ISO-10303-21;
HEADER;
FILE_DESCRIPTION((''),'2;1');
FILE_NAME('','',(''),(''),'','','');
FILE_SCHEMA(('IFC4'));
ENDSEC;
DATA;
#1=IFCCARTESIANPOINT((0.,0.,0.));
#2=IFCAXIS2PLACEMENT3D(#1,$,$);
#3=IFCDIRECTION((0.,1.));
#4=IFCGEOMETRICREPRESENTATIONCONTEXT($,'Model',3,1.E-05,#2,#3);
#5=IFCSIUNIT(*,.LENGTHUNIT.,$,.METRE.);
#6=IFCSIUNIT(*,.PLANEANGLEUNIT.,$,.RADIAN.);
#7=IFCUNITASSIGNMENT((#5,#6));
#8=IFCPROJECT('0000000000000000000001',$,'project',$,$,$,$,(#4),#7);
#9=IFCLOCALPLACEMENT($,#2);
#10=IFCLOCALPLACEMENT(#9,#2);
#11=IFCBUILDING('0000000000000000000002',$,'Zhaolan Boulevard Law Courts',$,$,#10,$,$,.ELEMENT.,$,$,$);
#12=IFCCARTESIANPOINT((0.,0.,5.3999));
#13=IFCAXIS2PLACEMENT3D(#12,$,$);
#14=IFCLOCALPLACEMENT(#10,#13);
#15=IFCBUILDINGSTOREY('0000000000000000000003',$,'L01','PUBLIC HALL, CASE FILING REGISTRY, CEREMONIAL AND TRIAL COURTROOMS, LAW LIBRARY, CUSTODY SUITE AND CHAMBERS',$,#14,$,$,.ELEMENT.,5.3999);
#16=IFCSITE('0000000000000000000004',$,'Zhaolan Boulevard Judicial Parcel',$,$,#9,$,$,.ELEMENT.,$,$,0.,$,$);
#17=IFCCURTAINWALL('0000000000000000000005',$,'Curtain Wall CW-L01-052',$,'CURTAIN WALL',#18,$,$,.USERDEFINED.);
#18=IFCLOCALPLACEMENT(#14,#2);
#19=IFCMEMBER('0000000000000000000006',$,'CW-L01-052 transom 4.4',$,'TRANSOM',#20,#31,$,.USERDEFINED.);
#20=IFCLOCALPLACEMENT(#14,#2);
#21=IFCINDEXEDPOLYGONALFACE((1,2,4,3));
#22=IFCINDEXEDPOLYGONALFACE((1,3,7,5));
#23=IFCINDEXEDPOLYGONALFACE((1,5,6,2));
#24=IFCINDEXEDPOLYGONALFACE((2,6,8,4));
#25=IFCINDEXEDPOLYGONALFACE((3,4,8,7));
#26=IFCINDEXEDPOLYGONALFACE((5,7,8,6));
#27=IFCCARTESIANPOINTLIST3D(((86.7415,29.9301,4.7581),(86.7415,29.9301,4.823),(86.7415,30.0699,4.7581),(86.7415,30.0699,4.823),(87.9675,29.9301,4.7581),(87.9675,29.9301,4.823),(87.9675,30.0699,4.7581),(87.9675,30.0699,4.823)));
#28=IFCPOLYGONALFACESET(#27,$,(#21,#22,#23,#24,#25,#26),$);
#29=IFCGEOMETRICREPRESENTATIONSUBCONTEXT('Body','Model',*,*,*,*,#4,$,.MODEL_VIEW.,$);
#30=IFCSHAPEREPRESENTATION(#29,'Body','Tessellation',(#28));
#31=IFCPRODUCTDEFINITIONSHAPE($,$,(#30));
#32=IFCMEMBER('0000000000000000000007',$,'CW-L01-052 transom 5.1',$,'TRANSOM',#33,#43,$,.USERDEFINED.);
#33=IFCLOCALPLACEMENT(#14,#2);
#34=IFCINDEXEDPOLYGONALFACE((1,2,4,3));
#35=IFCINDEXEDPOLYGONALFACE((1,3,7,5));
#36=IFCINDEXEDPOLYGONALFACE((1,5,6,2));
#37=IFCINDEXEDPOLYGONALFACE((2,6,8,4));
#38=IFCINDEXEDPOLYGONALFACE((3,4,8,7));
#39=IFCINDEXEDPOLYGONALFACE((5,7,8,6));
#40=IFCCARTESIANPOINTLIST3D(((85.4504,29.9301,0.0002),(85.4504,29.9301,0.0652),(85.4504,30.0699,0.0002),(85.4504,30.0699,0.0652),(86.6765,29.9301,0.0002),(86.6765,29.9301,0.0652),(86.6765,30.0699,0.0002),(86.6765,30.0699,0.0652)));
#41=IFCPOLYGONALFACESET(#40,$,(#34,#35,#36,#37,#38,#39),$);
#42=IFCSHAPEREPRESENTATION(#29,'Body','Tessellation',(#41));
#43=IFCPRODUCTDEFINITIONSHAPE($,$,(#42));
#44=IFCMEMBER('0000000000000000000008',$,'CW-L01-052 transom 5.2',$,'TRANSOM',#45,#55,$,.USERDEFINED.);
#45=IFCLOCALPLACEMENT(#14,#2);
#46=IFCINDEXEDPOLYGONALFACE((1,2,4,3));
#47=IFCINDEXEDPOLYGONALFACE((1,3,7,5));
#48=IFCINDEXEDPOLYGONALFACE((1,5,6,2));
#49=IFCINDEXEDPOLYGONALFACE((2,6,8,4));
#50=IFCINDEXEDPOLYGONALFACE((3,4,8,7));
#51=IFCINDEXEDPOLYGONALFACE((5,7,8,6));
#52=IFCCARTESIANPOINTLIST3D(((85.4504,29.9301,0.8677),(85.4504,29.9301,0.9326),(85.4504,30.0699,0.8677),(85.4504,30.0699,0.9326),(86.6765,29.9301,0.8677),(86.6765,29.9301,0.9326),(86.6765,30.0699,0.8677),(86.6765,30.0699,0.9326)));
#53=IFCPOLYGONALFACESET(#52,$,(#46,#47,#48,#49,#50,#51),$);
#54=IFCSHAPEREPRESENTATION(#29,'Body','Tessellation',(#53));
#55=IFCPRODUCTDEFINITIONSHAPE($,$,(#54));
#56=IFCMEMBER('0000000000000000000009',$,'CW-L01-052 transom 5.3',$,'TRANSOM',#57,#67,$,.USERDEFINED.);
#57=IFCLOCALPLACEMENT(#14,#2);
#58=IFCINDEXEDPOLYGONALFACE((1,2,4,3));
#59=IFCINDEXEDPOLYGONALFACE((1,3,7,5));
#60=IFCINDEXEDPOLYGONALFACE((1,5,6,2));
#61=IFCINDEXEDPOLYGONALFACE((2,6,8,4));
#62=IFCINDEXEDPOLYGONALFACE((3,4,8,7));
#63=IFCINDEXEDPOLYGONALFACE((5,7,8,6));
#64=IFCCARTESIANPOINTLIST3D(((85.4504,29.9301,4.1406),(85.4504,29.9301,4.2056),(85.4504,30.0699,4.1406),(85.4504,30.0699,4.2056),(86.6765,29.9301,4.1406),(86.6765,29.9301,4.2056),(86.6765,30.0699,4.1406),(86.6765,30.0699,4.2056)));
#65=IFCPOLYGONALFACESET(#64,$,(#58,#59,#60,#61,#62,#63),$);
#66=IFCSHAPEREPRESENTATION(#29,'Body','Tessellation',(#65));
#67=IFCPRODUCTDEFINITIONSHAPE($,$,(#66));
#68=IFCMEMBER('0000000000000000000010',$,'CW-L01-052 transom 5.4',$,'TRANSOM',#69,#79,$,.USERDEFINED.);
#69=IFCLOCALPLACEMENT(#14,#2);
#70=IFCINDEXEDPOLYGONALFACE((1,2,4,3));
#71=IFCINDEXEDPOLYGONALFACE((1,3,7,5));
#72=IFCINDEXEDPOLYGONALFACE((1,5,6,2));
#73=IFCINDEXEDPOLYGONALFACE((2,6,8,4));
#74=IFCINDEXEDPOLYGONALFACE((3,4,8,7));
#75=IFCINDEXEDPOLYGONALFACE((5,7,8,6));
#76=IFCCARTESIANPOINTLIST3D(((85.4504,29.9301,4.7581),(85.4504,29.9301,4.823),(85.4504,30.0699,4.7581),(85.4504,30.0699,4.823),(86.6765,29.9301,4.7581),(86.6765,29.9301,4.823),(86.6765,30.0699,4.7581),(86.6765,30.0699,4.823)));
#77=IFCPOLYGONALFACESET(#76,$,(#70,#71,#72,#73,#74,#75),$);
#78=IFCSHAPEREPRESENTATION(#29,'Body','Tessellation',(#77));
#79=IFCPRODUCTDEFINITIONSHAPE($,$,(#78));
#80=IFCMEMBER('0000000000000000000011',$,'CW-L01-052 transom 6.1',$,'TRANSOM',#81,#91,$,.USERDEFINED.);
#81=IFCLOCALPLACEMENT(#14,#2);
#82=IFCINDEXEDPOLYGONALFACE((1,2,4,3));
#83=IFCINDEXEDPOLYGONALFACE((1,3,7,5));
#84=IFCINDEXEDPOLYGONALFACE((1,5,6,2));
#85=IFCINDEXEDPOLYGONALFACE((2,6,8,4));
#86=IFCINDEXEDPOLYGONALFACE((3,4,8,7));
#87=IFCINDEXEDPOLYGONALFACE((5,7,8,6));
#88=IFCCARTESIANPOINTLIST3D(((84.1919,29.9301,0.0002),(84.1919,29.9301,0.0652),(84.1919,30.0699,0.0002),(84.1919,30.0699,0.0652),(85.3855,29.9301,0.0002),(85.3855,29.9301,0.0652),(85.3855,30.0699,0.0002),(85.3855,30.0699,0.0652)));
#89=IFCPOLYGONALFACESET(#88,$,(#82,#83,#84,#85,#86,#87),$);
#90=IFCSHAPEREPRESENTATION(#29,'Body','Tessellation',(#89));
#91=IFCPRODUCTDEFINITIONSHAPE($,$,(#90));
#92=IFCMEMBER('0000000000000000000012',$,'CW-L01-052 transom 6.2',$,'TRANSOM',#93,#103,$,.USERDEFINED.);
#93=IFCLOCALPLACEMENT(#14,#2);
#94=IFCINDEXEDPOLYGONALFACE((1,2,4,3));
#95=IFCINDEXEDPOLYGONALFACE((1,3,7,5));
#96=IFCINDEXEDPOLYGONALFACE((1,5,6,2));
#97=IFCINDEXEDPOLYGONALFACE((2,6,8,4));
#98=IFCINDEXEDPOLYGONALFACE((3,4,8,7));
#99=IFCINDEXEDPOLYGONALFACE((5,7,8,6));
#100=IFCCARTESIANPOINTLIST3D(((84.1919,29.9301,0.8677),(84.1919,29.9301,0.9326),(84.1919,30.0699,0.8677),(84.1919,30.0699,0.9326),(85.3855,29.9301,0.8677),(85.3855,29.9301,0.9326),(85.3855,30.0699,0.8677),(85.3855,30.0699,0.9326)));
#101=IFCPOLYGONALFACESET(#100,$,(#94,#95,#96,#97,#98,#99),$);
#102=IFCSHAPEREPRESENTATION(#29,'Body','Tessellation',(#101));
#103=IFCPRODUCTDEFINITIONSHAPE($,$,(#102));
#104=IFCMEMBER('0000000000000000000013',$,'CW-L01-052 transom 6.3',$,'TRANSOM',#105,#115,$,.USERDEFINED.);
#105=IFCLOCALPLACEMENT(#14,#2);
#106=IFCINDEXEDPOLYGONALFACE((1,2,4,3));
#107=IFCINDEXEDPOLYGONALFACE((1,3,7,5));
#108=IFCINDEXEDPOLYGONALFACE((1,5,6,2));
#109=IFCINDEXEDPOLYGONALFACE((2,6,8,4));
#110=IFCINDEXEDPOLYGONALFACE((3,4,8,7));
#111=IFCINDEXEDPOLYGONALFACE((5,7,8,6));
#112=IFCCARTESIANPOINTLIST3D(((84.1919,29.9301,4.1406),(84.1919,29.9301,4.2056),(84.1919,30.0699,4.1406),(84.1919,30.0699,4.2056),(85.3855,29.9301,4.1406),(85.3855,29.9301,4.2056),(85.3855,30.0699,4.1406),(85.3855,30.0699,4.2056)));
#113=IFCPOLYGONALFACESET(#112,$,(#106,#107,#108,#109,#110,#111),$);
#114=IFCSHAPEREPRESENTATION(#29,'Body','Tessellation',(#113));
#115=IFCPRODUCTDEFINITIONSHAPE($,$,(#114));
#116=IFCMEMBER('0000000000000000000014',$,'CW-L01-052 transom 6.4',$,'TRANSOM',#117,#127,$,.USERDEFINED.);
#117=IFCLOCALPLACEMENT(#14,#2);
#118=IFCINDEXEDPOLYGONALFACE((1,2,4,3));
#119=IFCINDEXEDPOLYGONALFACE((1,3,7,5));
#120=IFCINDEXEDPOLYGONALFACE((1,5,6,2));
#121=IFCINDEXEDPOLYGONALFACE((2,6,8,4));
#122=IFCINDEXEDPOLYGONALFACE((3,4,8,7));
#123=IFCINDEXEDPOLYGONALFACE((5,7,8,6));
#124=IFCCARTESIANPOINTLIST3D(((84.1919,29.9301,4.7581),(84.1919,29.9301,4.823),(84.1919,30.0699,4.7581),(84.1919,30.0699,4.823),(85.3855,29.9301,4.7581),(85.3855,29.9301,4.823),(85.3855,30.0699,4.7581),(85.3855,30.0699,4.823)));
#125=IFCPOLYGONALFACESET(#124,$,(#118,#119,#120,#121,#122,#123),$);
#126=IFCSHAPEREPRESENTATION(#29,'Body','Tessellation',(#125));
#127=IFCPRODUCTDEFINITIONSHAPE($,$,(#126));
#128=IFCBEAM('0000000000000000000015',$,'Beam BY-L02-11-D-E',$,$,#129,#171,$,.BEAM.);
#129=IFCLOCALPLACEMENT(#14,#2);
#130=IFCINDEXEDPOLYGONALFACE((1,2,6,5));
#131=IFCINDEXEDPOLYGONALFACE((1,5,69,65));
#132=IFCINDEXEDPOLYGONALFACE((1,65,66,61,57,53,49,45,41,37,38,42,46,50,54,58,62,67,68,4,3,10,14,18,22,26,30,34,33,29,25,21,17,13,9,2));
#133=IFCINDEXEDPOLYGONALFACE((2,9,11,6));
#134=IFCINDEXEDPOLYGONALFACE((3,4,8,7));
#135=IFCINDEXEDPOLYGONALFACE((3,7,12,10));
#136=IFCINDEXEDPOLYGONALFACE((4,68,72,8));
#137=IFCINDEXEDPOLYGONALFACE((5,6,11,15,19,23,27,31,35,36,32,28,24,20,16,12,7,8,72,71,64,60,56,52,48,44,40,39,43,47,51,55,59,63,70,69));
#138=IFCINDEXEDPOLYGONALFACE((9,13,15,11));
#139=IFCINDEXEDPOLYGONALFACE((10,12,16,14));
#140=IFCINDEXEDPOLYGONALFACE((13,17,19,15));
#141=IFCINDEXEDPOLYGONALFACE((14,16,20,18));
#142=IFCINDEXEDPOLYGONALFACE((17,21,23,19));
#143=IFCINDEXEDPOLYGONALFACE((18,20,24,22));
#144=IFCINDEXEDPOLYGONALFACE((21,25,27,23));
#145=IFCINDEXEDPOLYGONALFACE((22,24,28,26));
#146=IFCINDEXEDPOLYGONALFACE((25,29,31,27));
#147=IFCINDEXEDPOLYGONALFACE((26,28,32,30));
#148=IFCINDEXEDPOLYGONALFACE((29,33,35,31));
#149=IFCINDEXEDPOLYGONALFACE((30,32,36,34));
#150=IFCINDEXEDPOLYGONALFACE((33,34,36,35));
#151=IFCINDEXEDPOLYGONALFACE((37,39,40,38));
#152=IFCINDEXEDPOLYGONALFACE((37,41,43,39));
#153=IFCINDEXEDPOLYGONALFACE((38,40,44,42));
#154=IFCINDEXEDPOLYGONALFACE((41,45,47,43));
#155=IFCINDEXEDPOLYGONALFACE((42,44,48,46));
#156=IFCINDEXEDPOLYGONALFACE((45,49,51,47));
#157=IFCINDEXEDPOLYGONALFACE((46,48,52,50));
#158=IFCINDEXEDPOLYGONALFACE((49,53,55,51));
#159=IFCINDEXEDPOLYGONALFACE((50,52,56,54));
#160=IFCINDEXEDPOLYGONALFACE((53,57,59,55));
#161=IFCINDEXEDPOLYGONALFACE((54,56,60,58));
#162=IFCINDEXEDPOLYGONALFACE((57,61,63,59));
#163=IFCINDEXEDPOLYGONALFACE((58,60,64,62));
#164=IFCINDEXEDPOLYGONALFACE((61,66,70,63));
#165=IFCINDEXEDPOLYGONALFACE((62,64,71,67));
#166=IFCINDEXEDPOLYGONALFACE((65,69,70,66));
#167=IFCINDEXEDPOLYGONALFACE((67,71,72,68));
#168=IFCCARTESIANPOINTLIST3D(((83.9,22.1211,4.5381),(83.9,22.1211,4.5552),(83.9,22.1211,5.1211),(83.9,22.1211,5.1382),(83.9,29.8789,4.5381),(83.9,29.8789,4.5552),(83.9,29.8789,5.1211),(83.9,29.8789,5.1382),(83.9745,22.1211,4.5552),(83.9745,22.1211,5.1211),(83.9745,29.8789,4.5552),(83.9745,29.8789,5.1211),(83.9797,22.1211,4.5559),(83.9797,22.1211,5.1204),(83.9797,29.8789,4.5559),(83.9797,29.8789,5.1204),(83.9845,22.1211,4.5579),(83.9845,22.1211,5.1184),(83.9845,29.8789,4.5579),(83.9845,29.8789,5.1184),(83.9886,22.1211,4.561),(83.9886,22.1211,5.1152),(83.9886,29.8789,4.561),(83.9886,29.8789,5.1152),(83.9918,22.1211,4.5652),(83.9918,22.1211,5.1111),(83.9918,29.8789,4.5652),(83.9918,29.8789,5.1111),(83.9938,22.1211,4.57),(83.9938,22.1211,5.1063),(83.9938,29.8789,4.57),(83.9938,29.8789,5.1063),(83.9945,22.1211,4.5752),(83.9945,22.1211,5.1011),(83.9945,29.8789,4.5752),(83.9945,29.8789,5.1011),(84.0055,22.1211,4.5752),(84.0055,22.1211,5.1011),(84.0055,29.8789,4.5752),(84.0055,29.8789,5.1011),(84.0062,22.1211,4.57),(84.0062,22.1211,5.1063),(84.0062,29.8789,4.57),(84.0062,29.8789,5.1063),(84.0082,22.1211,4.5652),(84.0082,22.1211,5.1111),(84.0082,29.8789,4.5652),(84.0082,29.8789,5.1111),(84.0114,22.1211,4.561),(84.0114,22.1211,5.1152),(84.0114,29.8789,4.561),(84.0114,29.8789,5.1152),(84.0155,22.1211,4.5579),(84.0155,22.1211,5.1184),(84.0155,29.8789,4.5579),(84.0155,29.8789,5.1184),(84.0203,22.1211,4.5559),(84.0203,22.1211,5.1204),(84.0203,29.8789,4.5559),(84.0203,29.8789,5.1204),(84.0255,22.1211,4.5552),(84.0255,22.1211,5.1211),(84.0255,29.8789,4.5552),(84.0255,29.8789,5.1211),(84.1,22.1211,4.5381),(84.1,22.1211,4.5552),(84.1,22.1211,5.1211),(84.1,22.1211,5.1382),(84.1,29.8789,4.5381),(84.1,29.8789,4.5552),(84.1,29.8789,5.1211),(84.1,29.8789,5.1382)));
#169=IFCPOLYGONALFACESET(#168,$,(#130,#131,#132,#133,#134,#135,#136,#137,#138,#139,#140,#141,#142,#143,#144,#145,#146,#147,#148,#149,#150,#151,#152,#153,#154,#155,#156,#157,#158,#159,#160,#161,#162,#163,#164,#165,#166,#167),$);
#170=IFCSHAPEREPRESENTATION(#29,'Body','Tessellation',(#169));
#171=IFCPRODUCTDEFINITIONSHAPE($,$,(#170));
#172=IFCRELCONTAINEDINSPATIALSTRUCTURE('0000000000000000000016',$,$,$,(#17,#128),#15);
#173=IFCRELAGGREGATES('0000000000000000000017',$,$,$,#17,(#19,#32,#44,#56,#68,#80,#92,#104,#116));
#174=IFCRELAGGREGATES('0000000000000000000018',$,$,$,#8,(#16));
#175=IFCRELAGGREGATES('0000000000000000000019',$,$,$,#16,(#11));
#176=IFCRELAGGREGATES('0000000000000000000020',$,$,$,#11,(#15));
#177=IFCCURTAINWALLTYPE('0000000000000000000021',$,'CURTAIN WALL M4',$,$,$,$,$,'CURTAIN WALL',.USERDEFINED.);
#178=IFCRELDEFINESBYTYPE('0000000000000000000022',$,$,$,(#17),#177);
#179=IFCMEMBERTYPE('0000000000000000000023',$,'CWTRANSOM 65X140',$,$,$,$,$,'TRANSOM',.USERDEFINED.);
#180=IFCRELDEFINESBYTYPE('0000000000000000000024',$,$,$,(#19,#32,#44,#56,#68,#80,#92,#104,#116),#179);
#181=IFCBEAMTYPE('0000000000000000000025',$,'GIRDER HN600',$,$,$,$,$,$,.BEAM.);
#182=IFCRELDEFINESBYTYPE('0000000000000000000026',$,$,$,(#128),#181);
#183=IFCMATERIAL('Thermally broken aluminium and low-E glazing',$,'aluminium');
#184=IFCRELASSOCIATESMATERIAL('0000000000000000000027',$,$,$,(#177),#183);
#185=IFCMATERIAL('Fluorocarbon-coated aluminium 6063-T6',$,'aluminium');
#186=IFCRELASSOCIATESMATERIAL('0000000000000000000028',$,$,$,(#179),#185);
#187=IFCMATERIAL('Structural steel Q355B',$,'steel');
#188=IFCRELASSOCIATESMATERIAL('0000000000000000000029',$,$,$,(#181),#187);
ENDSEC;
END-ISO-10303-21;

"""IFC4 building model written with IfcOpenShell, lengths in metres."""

from ifc_helpers import new_model, si_unit, direction, frame, origin, origin_2d, place, context, subcontext, project, spatial, rectangle, i_section, extrude, material, material_profile, profile_set, type_object, element, aggregate, save


model = new_model("IFC4")

# Units and contexts
model_context = context("Model", 3, precision=1e-05, world=origin(), true_north=direction((0.0, 1.0)))
body_context = subcontext(model_context, "Body", "Model", "MODEL_VIEW")
ifc_project = project(units=[si_unit("LENGTHUNIT", "METRE"), si_unit("PLANEANGLEUNIT", "RADIAN")], contexts=[model_context])

# Site, building, storey
site_placement = place(None, origin())
site = spatial("IfcSite", under=ifc_project, at=site_placement, Name="Zhaolan Boulevard Judicial Parcel", CompositionType="ELEMENT", RefElevation=0.0)
building_placement = place(site_placement, origin())
building = spatial("IfcBuilding", under=site, at=building_placement, Name="Zhaolan Boulevard Law Courts", CompositionType="ELEMENT")
storey_placement = place(building_placement, frame((0.0, 0.0, 5.3999)))
storey = spatial("IfcBuildingStorey", under=building, at=storey_placement, Name="L01", Description="PUBLIC HALL, CASE FILING REGISTRY, CEREMONIAL AND TRIAL COURTROOMS, LAW LIBRARY, CUSTODY SUITE AND CHAMBERS", CompositionType="ELEMENT", Elevation=5.3999)

# Curtain wall
ifc_material_1 = material(Name="Thermally broken aluminium and low-E glazing", Category="aluminium")
curtain_wall_type_1 = type_object("IfcCurtainWallType", Name="CURTAIN WALL M4", ElementType="CURTAIN WALL", PredefinedType="USERDEFINED", material=ifc_material_1)
curtain_wall_1_placement = place(storey_placement, origin())
curtain_wall_1 = element("IfcCurtainWall", 1, at=curtain_wall_1_placement, inside=storey, type_object=curtain_wall_type_1, Name="Curtain Wall CW-L01-052", ObjectType="CURTAIN WALL", PredefinedType="USERDEFINED")

# Members
ifc_material_2 = material(Name="Fluorocarbon-coated aluminium 6063-T6", Category="aluminium")
ifc_material_profile_1 = material_profile(ifc_material_2, rectangle(XDim=0.1399, YDim=0.0649, at=origin_2d()), Name="AL65x140")
ifc_profile_set_1 = profile_set([ifc_material_profile_1], Name="Fluorocarbon-coated aluminium 6063-T6")
member_type_1 = type_object("IfcMemberType", Name="CWTRANSOM 65X140", ElementType="TRANSOM", PredefinedType="USERDEFINED", material=ifc_profile_set_1)
member_1_placement = place(storey_placement, frame((87.9675, 30.0, 4.7905), z_axis=(-1.0, 0.0, 0.0), x_axis=(0.0, -1.0, 0.0)))
member_1 = element("IfcMember", 2, at=member_1_placement, type_object=member_type_1, Name="CW-L01-052 transom 4.4", ObjectType="TRANSOM", PredefinedType="USERDEFINED", context=body_context, shape_type="SweptSolid", body=[
    extrude(rectangle(XDim=0.1399, YDim=0.0649, at=origin_2d()), origin(), (0.0, 0.0, 1.0), 1.2261),
])
member_2_placement = place(storey_placement, frame((86.6765, 30.0, 0.0327), z_axis=(-1.0, 0.0, 0.0), x_axis=(0.0, -1.0, 0.0)))
member_2 = element("IfcMember", 3, at=member_2_placement, type_object=member_type_1, Name="CW-L01-052 transom 5.1", ObjectType="TRANSOM", PredefinedType="USERDEFINED", context=body_context, shape_type="SweptSolid", body=[
    extrude(rectangle(XDim=0.1399, YDim=0.0649, at=origin_2d()), origin(), (0.0, 0.0, 1.0), 1.2261),
])
member_3_placement = place(storey_placement, frame((86.6765, 30.0, 0.9001), z_axis=(-1.0, 0.0, 0.0), x_axis=(0.0, -1.0, 0.0)))
member_3 = element("IfcMember", 4, at=member_3_placement, type_object=member_type_1, Name="CW-L01-052 transom 5.2", ObjectType="TRANSOM", PredefinedType="USERDEFINED", context=body_context, shape_type="SweptSolid", body=[
    extrude(rectangle(XDim=0.1399, YDim=0.0649, at=origin_2d()), origin(), (0.0, 0.0, 1.0), 1.2261),
])
member_4_placement = place(storey_placement, frame((86.6765, 30.0, 4.1731), z_axis=(-1.0, 0.0, 0.0), x_axis=(0.0, -1.0, 0.0)))
member_4 = element("IfcMember", 5, at=member_4_placement, type_object=member_type_1, Name="CW-L01-052 transom 5.3", ObjectType="TRANSOM", PredefinedType="USERDEFINED", context=body_context, shape_type="SweptSolid", body=[
    extrude(rectangle(XDim=0.1399, YDim=0.0649, at=origin_2d()), origin(), (0.0, 0.0, 1.0), 1.2261),
])
member_5_placement = place(storey_placement, frame((86.6765, 30.0, 4.7905), z_axis=(-1.0, 0.0, 0.0), x_axis=(0.0, -1.0, 0.0)))
member_5 = element("IfcMember", 6, at=member_5_placement, type_object=member_type_1, Name="CW-L01-052 transom 5.4", ObjectType="TRANSOM", PredefinedType="USERDEFINED", context=body_context, shape_type="SweptSolid", body=[
    extrude(rectangle(XDim=0.1399, YDim=0.0649, at=origin_2d()), origin(), (0.0, 0.0, 1.0), 1.2261),
])
member_6_placement = place(storey_placement, frame((85.3855, 30.0, 0.0327), z_axis=(-1.0, 0.0, 0.0), x_axis=(0.0, -1.0, 0.0)))
member_6 = element("IfcMember", 7, at=member_6_placement, type_object=member_type_1, Name="CW-L01-052 transom 6.1", ObjectType="TRANSOM", PredefinedType="USERDEFINED", context=body_context, shape_type="SweptSolid", body=[
    extrude(rectangle(XDim=0.1399, YDim=0.0649, at=origin_2d()), origin(), (0.0, 0.0, 1.0), 1.1936),
])
member_7_placement = place(storey_placement, frame((85.3855, 30.0, 0.9001), z_axis=(-1.0, 0.0, 0.0), x_axis=(0.0, -1.0, 0.0)))
member_7 = element("IfcMember", 8, at=member_7_placement, type_object=member_type_1, Name="CW-L01-052 transom 6.2", ObjectType="TRANSOM", PredefinedType="USERDEFINED", context=body_context, shape_type="SweptSolid", body=[
    extrude(rectangle(XDim=0.1399, YDim=0.0649, at=origin_2d()), origin(), (0.0, 0.0, 1.0), 1.1936),
])
member_8_placement = place(storey_placement, frame((85.3855, 30.0, 4.1731), z_axis=(-1.0, 0.0, 0.0), x_axis=(0.0, -1.0, 0.0)))
member_8 = element("IfcMember", 9, at=member_8_placement, type_object=member_type_1, Name="CW-L01-052 transom 6.3", ObjectType="TRANSOM", PredefinedType="USERDEFINED", context=body_context, shape_type="SweptSolid", body=[
    extrude(rectangle(XDim=0.1399, YDim=0.0649, at=origin_2d()), origin(), (0.0, 0.0, 1.0), 1.1936),
])
member_9_placement = place(storey_placement, frame((85.3855, 30.0, 4.7905), z_axis=(-1.0, 0.0, 0.0), x_axis=(0.0, -1.0, 0.0)))
member_9 = element("IfcMember", 10, at=member_9_placement, type_object=member_type_1, Name="CW-L01-052 transom 6.4", ObjectType="TRANSOM", PredefinedType="USERDEFINED", context=body_context, shape_type="SweptSolid", body=[
    extrude(rectangle(XDim=0.1399, YDim=0.0649, at=origin_2d()), origin(), (0.0, 0.0, 1.0), 1.1936),
])

# Beam
ifc_material_3 = material(Name="Structural steel Q355B", Category="steel")
ifc_material_profile_2 = material_profile(ifc_material_3, i_section(OverallWidth=0.2, OverallDepth=0.6001, WebThickness=0.011, FlangeThickness=0.0171, FilletRadius=0.02, at=origin_2d()), Name="HN600x200")
ifc_profile_set_2 = profile_set([ifc_material_profile_2], Name="Structural steel Q355B")
beam_type_1 = type_object("IfcBeamType", Name="GIRDER HN600", PredefinedType="BEAM", material=ifc_profile_set_2)
beam_1_placement = place(storey_placement, frame((84.0, 22.1211, 4.8381), z_axis=(0.0, 1.0, 0.0), x_axis=(-1.0, 0.0, 0.0)))
element("IfcBeam", 11, at=beam_1_placement, inside=storey, type_object=beam_type_1, Name="Beam BY-L02-11-D-E", PredefinedType="BEAM", context=body_context, shape_type="SweptSolid", body=[
    extrude(i_section(OverallWidth=0.2, OverallDepth=0.6001, WebThickness=0.011, FlangeThickness=0.0171, FilletRadius=0.02, at=origin_2d()), origin(), (0.0, 0.0, 1.0), 7.7578),
])

aggregate(curtain_wall_1, [member_1, member_2, member_3, member_4, member_5, member_6, member_7, member_8, member_9])

save(model, "model.ifc")
